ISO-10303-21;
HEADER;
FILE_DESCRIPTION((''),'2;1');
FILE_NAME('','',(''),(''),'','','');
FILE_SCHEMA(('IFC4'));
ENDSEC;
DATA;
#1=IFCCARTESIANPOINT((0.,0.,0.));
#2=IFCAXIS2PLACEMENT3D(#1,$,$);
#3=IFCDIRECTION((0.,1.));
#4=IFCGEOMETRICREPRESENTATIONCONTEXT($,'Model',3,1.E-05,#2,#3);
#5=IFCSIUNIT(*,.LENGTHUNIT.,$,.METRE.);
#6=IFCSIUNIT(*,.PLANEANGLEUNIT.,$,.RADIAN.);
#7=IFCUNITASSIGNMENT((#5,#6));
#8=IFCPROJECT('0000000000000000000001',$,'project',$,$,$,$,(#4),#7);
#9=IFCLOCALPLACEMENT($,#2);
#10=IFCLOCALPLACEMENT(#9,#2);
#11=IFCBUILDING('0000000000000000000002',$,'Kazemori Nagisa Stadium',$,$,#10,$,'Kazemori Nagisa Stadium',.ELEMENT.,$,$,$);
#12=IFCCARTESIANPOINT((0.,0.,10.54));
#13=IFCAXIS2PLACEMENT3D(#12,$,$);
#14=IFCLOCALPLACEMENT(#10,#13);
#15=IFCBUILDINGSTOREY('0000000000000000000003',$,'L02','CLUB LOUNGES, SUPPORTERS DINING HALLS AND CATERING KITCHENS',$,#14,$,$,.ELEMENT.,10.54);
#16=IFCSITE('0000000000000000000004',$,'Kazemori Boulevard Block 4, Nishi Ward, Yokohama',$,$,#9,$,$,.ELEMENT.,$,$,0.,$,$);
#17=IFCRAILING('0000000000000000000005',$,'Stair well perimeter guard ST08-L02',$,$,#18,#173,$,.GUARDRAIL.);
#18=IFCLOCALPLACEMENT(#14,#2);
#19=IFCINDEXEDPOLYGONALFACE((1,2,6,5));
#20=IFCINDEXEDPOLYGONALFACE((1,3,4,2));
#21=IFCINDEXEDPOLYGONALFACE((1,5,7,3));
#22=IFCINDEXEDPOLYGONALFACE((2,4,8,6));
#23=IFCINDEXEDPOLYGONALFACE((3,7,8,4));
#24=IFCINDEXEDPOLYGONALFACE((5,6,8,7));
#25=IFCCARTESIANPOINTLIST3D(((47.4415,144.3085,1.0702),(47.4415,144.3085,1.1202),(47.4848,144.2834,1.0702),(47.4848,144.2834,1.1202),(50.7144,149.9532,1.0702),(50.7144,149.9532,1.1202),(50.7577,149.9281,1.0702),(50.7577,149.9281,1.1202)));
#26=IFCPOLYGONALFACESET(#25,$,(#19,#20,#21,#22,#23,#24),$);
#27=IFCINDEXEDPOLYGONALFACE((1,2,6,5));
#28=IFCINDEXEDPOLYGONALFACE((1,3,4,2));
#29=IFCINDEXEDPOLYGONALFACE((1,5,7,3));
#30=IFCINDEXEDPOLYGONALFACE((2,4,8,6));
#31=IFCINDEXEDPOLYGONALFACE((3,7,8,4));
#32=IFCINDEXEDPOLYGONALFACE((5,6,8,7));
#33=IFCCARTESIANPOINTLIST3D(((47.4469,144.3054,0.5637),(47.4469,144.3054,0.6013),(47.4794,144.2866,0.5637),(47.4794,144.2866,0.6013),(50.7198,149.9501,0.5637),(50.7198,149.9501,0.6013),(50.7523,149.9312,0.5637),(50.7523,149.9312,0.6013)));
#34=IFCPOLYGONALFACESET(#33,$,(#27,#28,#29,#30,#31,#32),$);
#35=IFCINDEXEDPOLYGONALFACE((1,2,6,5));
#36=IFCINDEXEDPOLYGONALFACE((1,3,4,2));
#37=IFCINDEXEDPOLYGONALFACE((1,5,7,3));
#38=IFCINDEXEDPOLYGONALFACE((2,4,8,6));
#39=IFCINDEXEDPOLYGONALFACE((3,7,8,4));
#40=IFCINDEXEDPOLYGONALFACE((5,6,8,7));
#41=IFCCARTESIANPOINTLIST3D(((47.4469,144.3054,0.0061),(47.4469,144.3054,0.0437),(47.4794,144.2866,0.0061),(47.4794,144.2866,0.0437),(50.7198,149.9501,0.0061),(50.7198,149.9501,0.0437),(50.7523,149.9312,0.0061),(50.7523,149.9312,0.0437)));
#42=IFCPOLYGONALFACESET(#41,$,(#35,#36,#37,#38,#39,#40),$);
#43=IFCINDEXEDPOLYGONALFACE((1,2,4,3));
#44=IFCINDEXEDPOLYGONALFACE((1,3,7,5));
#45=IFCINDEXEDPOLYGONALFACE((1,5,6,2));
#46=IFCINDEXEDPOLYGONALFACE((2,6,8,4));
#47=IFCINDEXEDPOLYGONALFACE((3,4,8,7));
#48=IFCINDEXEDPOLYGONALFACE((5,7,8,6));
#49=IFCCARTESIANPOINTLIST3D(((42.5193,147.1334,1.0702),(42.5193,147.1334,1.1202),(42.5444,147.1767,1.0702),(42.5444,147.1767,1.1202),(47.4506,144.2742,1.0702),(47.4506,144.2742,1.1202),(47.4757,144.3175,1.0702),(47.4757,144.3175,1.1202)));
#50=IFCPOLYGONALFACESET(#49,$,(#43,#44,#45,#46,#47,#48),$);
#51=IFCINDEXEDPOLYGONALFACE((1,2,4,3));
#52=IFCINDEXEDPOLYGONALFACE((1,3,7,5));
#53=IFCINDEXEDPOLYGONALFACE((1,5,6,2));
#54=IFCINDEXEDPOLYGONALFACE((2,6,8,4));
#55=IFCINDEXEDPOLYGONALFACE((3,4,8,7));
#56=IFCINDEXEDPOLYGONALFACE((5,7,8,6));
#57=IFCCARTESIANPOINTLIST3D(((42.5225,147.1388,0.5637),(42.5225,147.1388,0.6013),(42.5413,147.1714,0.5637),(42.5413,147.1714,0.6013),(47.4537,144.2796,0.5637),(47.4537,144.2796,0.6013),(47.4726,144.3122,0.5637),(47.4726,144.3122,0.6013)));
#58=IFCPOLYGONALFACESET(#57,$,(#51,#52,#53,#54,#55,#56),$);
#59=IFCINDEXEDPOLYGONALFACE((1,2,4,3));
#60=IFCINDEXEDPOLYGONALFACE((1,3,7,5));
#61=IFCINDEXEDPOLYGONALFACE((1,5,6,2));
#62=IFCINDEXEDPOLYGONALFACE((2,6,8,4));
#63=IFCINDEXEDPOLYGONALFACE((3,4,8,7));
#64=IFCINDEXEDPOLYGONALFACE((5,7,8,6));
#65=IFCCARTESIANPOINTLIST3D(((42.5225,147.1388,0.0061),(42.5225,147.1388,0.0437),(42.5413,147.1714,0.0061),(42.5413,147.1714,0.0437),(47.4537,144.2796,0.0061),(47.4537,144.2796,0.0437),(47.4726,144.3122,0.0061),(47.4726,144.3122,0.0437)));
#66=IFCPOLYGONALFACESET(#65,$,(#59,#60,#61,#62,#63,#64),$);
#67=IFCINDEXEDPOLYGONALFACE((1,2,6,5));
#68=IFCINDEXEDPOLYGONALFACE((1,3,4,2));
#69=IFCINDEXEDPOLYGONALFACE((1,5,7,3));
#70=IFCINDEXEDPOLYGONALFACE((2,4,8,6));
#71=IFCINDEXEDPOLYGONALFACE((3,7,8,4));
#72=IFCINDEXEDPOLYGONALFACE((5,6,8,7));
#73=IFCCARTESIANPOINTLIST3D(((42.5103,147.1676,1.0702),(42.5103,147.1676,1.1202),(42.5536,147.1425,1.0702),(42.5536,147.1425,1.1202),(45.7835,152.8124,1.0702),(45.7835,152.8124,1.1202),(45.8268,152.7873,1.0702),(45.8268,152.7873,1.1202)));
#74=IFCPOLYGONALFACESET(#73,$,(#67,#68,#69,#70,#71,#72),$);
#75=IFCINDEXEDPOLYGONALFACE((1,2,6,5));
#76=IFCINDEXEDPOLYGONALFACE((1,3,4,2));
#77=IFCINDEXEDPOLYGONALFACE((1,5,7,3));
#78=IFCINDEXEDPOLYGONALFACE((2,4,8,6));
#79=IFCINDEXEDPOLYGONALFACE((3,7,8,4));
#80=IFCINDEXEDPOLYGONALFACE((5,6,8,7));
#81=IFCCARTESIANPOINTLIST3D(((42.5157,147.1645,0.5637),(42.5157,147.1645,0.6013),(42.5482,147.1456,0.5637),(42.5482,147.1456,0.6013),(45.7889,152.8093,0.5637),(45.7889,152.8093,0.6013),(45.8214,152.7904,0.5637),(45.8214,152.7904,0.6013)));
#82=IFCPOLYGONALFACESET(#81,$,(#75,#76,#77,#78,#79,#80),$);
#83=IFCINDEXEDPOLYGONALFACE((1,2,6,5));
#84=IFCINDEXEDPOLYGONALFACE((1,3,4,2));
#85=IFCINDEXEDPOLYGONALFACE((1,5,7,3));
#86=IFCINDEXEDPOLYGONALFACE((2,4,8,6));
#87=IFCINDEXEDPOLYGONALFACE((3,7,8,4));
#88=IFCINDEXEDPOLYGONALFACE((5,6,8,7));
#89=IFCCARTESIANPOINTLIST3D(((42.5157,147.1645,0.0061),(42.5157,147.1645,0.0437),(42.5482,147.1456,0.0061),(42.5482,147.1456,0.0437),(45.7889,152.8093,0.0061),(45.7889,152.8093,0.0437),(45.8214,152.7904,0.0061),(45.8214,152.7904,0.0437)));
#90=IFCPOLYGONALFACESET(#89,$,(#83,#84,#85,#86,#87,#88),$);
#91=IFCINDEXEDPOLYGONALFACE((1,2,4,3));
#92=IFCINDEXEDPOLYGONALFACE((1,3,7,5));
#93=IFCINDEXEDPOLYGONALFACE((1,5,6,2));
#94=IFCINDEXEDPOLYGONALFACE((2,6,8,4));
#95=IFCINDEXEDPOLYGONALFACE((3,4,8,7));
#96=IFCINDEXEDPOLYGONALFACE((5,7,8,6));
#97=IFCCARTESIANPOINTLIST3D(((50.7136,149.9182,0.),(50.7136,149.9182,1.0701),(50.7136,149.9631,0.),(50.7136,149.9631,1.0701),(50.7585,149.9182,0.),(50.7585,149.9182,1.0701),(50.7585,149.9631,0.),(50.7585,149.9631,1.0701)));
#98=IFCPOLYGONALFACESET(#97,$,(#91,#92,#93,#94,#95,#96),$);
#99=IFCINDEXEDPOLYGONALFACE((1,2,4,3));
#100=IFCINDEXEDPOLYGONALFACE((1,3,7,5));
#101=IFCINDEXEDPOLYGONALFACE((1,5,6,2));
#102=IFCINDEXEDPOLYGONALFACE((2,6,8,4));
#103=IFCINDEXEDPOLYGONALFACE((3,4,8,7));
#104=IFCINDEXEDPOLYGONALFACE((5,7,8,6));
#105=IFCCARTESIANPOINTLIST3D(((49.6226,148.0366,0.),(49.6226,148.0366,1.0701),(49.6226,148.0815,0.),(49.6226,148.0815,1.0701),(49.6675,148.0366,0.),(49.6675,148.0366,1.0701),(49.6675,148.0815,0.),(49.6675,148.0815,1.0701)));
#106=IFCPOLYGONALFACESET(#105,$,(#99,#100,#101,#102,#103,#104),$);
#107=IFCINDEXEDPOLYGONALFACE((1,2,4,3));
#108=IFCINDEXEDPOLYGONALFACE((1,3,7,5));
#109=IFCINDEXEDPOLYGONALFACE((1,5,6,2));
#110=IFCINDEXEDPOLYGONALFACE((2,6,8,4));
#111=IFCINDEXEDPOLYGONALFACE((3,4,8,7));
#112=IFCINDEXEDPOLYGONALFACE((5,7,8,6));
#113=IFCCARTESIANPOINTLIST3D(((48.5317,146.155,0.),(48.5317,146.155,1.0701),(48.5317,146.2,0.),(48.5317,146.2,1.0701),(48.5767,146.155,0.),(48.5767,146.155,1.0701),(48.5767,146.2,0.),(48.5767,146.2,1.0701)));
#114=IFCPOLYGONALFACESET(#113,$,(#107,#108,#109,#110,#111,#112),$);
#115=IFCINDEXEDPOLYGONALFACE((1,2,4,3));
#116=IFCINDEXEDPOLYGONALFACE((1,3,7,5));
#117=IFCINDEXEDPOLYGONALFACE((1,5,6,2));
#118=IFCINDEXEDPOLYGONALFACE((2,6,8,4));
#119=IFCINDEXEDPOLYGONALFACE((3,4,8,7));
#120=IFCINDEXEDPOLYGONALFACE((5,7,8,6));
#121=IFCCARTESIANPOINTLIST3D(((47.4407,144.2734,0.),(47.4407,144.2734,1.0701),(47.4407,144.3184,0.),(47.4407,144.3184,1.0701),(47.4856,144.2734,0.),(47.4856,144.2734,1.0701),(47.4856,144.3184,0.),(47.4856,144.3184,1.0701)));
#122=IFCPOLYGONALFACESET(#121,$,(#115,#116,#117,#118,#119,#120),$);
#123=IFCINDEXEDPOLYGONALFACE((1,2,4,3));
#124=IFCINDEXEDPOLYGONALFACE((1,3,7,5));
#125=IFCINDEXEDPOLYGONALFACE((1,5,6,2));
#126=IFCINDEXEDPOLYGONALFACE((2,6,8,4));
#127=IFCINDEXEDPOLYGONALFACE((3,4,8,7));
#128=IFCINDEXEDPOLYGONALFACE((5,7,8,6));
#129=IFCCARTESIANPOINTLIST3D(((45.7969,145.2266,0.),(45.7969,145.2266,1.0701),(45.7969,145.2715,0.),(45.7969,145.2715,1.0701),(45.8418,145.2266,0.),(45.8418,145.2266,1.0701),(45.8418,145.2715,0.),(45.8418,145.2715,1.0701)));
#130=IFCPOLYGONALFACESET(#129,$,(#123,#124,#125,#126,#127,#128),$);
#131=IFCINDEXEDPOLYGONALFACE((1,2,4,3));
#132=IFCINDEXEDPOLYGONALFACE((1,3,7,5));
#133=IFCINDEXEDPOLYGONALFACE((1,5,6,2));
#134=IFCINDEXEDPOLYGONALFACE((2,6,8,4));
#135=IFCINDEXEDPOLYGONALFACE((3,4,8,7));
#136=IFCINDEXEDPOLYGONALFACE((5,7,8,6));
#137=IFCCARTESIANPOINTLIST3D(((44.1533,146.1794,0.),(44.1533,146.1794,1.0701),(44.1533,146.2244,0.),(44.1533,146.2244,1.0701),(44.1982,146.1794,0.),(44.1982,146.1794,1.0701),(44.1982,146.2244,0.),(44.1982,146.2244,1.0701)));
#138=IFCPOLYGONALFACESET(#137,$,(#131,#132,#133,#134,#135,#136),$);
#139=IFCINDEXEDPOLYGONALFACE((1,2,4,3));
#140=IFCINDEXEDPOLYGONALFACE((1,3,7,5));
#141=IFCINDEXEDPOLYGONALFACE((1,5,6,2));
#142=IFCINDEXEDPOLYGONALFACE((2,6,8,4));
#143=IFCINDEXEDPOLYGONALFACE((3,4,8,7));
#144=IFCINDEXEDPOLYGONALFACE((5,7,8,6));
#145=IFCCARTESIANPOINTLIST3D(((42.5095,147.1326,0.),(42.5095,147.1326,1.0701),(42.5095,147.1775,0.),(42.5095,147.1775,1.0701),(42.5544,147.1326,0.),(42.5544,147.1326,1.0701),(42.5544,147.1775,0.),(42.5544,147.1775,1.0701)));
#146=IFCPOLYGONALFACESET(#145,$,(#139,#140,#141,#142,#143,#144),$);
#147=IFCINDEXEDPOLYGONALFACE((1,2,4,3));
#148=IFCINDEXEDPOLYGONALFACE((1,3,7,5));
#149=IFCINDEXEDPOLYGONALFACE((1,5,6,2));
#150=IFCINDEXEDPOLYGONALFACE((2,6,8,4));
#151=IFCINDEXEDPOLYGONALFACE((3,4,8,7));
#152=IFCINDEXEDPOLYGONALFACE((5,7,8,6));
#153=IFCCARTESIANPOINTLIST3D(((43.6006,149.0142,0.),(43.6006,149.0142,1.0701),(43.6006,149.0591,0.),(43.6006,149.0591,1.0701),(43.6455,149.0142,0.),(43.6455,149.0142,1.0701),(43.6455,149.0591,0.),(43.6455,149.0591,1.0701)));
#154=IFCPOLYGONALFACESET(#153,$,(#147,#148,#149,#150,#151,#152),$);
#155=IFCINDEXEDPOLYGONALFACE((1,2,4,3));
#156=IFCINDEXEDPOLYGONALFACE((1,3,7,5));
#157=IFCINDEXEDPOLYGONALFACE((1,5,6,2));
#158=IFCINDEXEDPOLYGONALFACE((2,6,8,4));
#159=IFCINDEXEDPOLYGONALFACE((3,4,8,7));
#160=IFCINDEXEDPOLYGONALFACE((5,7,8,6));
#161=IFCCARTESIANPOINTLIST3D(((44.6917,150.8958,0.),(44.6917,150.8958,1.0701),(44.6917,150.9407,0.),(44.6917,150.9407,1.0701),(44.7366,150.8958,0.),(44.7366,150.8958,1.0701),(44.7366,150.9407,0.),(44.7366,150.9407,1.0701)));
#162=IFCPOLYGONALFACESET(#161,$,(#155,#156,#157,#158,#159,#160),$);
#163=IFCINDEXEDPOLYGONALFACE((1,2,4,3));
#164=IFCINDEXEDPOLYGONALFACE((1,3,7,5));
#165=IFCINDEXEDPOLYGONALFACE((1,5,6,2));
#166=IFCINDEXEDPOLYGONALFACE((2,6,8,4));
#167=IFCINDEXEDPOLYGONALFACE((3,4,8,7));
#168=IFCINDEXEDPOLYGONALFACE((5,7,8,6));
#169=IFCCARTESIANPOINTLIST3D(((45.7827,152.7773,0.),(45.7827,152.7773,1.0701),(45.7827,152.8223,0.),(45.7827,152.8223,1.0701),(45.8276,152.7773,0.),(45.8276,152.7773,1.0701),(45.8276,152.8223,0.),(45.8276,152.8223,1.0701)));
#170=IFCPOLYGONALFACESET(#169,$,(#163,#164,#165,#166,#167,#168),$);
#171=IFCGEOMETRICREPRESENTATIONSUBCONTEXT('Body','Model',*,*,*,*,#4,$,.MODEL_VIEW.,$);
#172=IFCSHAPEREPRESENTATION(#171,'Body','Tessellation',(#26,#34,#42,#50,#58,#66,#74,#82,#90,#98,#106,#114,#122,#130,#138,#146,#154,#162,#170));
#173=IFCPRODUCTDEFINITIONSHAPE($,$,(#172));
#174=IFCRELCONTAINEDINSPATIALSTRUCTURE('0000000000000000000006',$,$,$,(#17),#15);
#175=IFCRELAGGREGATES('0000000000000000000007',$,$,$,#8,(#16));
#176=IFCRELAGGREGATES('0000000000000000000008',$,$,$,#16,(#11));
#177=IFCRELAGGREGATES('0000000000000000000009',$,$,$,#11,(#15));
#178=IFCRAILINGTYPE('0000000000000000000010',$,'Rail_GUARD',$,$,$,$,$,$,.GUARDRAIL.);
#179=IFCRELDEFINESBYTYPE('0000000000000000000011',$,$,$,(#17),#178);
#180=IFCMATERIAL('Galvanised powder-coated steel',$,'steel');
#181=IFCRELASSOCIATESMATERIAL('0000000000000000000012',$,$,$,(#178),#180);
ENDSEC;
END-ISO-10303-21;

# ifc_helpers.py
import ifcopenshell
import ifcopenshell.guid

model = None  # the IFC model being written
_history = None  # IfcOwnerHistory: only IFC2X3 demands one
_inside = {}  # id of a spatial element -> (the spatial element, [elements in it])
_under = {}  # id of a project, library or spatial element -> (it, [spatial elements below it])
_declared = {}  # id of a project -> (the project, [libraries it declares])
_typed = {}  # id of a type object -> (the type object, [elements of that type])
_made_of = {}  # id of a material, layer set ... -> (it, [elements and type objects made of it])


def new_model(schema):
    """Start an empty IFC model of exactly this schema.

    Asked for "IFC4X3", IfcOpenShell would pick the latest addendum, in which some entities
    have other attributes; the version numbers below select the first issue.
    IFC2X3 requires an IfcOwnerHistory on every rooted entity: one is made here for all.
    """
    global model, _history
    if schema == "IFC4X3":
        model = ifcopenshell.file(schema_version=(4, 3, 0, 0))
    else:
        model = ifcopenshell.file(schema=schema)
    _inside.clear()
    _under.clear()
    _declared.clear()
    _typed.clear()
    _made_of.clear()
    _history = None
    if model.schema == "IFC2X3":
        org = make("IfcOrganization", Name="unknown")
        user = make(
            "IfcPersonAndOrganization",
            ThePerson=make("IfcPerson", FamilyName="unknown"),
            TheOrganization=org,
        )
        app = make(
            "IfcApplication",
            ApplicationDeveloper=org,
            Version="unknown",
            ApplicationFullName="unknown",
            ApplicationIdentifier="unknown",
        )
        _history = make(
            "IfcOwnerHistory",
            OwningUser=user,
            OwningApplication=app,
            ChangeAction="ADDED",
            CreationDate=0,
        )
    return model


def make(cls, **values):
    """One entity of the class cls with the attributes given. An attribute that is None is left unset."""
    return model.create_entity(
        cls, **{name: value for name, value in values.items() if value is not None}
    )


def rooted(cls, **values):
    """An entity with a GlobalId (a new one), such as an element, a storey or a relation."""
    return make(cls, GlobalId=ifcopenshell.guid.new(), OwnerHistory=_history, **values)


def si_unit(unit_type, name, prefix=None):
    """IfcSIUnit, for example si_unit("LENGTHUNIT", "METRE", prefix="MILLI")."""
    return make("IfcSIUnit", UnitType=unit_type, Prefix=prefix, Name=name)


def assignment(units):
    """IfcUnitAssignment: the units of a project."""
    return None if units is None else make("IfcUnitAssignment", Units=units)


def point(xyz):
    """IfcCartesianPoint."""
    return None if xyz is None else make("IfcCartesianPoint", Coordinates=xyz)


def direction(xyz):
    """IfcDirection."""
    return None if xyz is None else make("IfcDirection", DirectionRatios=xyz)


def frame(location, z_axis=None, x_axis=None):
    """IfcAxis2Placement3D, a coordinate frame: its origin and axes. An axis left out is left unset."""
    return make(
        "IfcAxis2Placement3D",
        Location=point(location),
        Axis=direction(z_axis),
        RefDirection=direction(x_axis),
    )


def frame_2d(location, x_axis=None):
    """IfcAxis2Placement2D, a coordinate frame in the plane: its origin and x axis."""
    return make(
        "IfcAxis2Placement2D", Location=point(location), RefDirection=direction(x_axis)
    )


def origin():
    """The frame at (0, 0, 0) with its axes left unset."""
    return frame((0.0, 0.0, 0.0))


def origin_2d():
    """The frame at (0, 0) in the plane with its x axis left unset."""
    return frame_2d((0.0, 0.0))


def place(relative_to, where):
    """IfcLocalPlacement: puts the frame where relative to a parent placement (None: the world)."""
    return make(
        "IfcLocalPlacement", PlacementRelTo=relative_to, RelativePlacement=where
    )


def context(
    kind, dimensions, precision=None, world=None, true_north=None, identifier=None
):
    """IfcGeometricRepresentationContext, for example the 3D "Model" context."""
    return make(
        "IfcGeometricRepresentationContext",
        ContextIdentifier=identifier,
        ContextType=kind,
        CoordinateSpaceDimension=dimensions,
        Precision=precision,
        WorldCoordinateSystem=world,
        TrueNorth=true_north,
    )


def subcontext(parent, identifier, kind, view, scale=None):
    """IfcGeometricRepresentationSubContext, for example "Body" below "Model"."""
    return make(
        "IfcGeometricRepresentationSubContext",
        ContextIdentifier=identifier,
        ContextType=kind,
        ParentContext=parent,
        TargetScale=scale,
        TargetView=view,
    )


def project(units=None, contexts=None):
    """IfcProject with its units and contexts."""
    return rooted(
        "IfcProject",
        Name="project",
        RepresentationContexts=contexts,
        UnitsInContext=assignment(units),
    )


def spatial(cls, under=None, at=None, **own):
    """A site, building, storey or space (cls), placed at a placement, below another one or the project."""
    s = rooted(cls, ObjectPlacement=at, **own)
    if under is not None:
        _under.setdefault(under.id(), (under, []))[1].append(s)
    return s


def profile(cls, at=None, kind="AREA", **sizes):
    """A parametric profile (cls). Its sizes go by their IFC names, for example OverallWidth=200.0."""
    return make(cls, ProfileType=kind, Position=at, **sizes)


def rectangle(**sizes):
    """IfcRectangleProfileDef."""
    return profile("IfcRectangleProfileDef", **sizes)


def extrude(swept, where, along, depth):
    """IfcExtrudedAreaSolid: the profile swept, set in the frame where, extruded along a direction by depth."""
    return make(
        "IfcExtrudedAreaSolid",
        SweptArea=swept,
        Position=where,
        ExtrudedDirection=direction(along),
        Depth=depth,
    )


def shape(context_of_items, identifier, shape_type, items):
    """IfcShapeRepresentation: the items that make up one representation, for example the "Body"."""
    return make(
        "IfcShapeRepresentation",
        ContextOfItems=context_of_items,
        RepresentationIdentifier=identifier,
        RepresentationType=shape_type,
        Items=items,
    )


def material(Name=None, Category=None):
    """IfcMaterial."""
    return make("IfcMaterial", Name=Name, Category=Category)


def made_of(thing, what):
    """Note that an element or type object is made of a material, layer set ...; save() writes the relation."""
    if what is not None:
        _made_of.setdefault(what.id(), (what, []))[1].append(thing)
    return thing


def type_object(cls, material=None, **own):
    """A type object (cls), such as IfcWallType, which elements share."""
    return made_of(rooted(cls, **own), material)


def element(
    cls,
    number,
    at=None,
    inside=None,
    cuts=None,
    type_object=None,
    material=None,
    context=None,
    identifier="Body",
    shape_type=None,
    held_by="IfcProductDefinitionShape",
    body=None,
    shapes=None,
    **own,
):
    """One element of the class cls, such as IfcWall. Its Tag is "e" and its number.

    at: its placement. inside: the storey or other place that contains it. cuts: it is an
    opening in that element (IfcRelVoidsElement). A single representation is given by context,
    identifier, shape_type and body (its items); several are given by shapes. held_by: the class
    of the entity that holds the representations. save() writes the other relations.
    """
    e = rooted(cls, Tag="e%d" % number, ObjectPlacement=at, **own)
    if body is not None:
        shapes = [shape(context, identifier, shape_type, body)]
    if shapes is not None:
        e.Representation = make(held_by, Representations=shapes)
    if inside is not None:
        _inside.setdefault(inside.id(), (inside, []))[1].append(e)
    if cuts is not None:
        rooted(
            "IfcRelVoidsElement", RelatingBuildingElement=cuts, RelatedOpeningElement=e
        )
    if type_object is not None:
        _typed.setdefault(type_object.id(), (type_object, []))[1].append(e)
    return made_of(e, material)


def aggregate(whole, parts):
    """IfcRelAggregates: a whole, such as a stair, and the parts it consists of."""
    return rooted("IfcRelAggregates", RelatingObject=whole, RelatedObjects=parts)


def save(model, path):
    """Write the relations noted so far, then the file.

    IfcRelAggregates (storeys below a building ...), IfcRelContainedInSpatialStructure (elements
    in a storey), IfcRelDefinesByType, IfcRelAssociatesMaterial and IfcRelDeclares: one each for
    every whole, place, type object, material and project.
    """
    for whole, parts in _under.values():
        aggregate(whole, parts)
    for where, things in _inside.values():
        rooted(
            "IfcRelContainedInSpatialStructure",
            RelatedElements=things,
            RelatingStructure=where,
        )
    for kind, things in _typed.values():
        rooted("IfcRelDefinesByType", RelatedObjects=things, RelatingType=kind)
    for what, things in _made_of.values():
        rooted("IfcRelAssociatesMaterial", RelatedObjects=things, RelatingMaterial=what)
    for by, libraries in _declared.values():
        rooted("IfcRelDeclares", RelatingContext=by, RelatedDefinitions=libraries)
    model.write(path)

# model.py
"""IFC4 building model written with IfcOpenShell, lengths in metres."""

from ifc_helpers import new_model, si_unit, direction, frame, origin, origin_2d, place, context, subcontext, project, spatial, rectangle, extrude, material, type_object, element, save


model = new_model("IFC4")

# Units and contexts
model_context = context("Model", 3, precision=1e-05, world=origin(), true_north=direction((0.0, 1.0)))
body_context = subcontext(model_context, "Body", "Model", "MODEL_VIEW")
ifc_project = project(units=[si_unit("LENGTHUNIT", "METRE"), si_unit("PLANEANGLEUNIT", "RADIAN")], contexts=[model_context])

# Site, building, storey
site_placement = place(None, origin())
site = spatial("IfcSite", under=ifc_project, at=site_placement, Name="Kazemori Boulevard Block 4, Nishi Ward, Yokohama", CompositionType="ELEMENT", RefElevation=0.0)
building_placement = place(site_placement, origin())
building = spatial("IfcBuilding", under=site, at=building_placement, Name="Kazemori Nagisa Stadium", LongName="Kazemori Nagisa Stadium", CompositionType="ELEMENT")
storey_placement = place(building_placement, frame((0.0, 0.0, 10.54)))
storey = spatial("IfcBuildingStorey", under=building, at=storey_placement, Name="L02", Description="CLUB LOUNGES, SUPPORTERS DINING HALLS AND CATERING KITCHENS", CompositionType="ELEMENT", Elevation=10.54)

# Railing
ifc_material_1 = material(Name="Galvanised powder-coated steel", Category="steel")
railing_type_1 = type_object("IfcRailingType", Name="Rail_GUARD", PredefinedType="GUARDRAIL", material=ifc_material_1)
railing_1_placement = place(storey_placement, frame((50.7361, 149.9407, 0.0)))
element("IfcRailing", 1, at=railing_1_placement, inside=storey, type_object=railing_type_1, Name="Stair well perimeter guard ST08-L02", PredefinedType="GUARDRAIL", context=body_context, shape_type="SweptSolid", body=[
    extrude(rectangle(XDim=0.05, YDim=0.05, at=origin_2d()), frame((0.0, 0.0, 1.0952), z_axis=(-0.501601, -0.865099, 0.0), x_axis=(0.865099, -0.501601, 0.0)), (0.0, 0.0, 1.0), 6.5249),
    extrude(rectangle(XDim=0.0376, YDim=0.0376, at=origin_2d()), frame((0.0, 0.0, 0.5825), z_axis=(-0.501601, -0.865099, 0.0), x_axis=(0.865099, -0.501601, 0.0)), (0.0, 0.0, 1.0), 6.5249),
    extrude(rectangle(XDim=0.0376, YDim=0.0376, at=origin_2d()), frame((0.0, 0.0, 0.0249), z_axis=(-0.501601, -0.865099, 0.0), x_axis=(0.865099, -0.501601, 0.0)), (0.0, 0.0, 1.0), 6.5249),
    extrude(rectangle(XDim=0.05, YDim=0.05, at=origin_2d()), frame((-3.2729, -5.6448, 1.0952), z_axis=(-0.865103, 0.501595, 0.0), x_axis=(-0.501595, -0.865103, 0.0)), (0.0, 0.0, 1.0), 5.7002),
    extrude(rectangle(XDim=0.0376, YDim=0.0376, at=origin_2d()), frame((-3.2729, -5.6448, 0.5825), z_axis=(-0.865103, 0.501595, 0.0), x_axis=(-0.501595, -0.865103, 0.0)), (0.0, 0.0, 1.0), 5.7002),
    extrude(rectangle(XDim=0.0376, YDim=0.0376, at=origin_2d()), frame((-3.2729, -5.6448, 0.0249), z_axis=(-0.865103, 0.501595, 0.0), x_axis=(-0.501595, -0.865103, 0.0)), (0.0, 0.0, 1.0), 5.7002),
    extrude(rectangle(XDim=0.05, YDim=0.05, at=origin_2d()), frame((-8.2041, -2.7856, 1.0952), z_axis=(0.501629, 0.865083, 0.0), x_axis=(-0.865083, 0.501629, 0.0)), (0.0, 0.0, 1.0), 6.5251),
    extrude(rectangle(XDim=0.0376, YDim=0.0376, at=origin_2d()), frame((-8.2041, -2.7856, 0.5825), z_axis=(0.501629, 0.865083, 0.0), x_axis=(-0.865083, 0.501629, 0.0)), (0.0, 0.0, 1.0), 6.5251),
    extrude(rectangle(XDim=0.0376, YDim=0.0376, at=origin_2d()), frame((-8.2041, -2.7856, 0.0249), z_axis=(0.501629, 0.865083, 0.0), x_axis=(-0.865083, 0.501629, 0.0)), (0.0, 0.0, 1.0), 6.5251),
    extrude(rectangle(XDim=0.0449, YDim=0.0449, at=origin_2d()), origin(), (0.0, 0.0, 1.0), 1.0701),
    extrude(rectangle(XDim=0.0449, YDim=0.0449, at=origin_2d()), frame((-1.0911, -1.8816, 0.0)), (0.0, 0.0, 1.0), 1.0701),
    extrude(rectangle(XDim=0.0449, YDim=0.0449, at=origin_2d()), frame((-2.1819, -3.7632, 0.0)), (0.0, 0.0, 1.0), 1.0701),
    extrude(rectangle(XDim=0.0449, YDim=0.0449, at=origin_2d()), frame((-3.2729, -5.6448, 0.0)), (0.0, 0.0, 1.0), 1.0701),
    extrude(rectangle(XDim=0.0449, YDim=0.0449, at=origin_2d()), frame((-4.9167, -4.6917, 0.0)), (0.0, 0.0, 1.0), 1.0701),
    extrude(rectangle(XDim=0.0449, YDim=0.0449, at=origin_2d()), frame((-6.5603, -3.7388, 0.0)), (0.0, 0.0, 1.0), 1.0701),
    extrude(rectangle(XDim=0.0449, YDim=0.0449, at=origin_2d()), frame((-8.2041, -2.7856, 0.0)), (0.0, 0.0, 1.0), 1.0701),
    extrude(rectangle(XDim=0.0449, YDim=0.0449, at=origin_2d()), frame((-7.113, -0.9041, 0.0)), (0.0, 0.0, 1.0), 1.0701),
    extrude(rectangle(XDim=0.0449, YDim=0.0449, at=origin_2d()), frame((-6.022, 0.9775, 0.0)), (0.0, 0.0, 1.0), 1.0701),
    extrude(rectangle(XDim=0.0449, YDim=0.0449, at=origin_2d()), frame((-4.9309, 2.8591, 0.0)), (0.0, 0.0, 1.0), 1.0701),
])

save(model, "model.ifc")
